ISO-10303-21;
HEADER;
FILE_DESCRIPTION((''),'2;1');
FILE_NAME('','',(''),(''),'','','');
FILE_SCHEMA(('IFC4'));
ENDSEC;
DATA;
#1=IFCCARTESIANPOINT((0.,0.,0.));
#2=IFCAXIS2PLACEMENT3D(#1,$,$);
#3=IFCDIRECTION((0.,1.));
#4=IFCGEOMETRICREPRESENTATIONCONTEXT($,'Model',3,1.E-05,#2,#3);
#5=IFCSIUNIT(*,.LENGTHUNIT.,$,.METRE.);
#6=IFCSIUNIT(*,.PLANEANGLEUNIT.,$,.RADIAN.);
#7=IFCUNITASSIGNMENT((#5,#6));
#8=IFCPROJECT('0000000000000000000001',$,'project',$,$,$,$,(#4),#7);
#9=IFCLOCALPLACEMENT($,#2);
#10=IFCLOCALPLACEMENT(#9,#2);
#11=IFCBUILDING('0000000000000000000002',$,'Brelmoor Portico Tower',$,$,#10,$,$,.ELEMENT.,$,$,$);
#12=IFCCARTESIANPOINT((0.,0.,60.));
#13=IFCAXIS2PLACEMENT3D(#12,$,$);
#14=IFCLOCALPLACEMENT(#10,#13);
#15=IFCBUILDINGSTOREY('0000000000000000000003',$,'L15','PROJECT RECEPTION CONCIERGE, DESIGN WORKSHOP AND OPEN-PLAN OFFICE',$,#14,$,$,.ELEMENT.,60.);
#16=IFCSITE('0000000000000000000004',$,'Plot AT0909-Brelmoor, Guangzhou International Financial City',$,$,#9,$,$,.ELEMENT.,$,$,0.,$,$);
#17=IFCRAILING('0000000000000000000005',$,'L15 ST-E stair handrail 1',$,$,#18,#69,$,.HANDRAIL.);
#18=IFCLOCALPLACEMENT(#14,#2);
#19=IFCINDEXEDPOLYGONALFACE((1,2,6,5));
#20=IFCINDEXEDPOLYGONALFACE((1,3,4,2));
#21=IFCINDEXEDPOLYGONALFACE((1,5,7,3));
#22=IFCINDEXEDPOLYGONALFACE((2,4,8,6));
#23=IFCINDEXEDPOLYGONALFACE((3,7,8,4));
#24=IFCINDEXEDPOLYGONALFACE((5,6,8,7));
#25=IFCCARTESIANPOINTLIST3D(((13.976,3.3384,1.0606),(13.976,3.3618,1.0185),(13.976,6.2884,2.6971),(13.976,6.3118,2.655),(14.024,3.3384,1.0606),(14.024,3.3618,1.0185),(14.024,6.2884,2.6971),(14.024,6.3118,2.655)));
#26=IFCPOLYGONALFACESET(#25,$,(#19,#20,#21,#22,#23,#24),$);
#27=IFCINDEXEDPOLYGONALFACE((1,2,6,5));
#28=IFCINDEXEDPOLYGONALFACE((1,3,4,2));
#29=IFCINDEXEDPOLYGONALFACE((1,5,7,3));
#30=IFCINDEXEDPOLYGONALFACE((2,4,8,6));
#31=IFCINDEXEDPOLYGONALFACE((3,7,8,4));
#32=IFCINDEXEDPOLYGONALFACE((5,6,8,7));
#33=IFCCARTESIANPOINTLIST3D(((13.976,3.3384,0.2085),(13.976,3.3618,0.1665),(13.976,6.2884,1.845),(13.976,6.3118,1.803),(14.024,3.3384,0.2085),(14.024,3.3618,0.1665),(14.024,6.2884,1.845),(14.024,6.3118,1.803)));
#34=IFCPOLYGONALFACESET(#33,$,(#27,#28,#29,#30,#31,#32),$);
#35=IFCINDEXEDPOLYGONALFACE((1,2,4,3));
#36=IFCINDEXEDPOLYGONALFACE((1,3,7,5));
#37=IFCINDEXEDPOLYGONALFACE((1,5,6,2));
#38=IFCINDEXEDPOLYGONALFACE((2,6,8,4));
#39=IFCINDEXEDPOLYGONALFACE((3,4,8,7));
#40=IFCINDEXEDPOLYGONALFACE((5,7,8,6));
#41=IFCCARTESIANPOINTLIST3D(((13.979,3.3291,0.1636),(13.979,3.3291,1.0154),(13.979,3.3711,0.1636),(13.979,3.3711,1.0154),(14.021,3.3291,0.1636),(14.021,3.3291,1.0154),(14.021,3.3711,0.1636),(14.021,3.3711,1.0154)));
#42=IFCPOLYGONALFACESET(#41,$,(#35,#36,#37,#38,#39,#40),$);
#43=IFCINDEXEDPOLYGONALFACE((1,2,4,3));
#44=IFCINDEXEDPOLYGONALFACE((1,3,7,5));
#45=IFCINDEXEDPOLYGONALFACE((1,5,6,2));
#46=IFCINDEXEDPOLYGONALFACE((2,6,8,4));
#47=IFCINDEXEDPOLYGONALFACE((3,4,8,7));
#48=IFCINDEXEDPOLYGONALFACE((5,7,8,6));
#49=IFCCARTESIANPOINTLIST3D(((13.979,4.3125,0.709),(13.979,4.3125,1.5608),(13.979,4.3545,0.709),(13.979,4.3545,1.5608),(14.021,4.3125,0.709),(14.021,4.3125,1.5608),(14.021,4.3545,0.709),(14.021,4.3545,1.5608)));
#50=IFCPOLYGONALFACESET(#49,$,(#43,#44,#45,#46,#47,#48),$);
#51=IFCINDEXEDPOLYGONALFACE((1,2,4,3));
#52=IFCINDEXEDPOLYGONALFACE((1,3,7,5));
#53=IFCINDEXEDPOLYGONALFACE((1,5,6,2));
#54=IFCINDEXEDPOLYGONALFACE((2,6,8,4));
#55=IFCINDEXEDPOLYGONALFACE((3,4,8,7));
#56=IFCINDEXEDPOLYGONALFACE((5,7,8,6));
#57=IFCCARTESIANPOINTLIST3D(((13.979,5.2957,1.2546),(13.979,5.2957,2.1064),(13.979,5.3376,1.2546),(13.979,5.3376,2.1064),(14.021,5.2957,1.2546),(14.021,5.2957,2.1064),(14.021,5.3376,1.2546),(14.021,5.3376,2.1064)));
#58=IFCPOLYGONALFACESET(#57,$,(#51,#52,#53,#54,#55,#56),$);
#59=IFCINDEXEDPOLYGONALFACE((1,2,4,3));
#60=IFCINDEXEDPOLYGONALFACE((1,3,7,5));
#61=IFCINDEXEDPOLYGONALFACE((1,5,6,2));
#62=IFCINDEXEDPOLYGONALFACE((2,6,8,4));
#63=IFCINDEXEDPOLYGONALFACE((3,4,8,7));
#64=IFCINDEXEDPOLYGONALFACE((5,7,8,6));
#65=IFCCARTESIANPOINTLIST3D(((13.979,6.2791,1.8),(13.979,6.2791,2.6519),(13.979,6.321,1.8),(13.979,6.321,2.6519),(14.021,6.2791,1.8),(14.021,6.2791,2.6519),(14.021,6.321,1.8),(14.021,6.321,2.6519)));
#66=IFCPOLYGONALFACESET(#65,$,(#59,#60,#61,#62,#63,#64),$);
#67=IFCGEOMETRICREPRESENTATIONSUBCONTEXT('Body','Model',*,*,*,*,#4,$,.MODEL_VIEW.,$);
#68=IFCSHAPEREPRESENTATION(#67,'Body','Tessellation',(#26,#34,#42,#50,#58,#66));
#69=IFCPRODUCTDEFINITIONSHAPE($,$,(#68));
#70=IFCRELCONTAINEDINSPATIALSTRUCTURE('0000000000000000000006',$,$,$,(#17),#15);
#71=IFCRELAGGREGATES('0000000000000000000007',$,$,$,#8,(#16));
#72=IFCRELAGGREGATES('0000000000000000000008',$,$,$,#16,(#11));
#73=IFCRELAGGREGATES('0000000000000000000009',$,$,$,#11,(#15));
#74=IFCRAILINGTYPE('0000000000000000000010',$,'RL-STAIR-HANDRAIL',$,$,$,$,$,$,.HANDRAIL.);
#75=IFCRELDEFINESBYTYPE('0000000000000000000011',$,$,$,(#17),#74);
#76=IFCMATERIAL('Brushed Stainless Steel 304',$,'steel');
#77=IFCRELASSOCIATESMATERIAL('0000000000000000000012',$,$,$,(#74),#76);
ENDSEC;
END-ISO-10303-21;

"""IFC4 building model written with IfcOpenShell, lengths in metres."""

from ifc_helpers import new_model, si_unit, direction, frame, origin, origin_2d, place, context, subcontext, project, spatial, rectangle, extrude, material, type_object, element, save


model = new_model("IFC4")

# Units and contexts
model_context = context("Model", 3, precision=1e-05, world=origin(), true_north=direction((0.0, 1.0)))
body_context = subcontext(model_context, "Body", "Model", "MODEL_VIEW")
ifc_project = project(units=[si_unit("LENGTHUNIT", "METRE"), si_unit("PLANEANGLEUNIT", "RADIAN")], contexts=[model_context])

# Site, building, storey
site_placement = place(None, origin())
site = spatial("IfcSite", under=ifc_project, at=site_placement, Name="Plot AT0909-Brelmoor, Guangzhou International Financial City", CompositionType="ELEMENT", RefElevation=0.0)
building_placement = place(site_placement, origin())
building = spatial("IfcBuilding", under=site, at=building_placement, Name="Brelmoor Portico Tower", CompositionType="ELEMENT")
storey_placement = place(building_placement, frame((0.0, 0.0, 60.0)))
storey = spatial("IfcBuildingStorey", under=building, at=storey_placement, Name="L15", Description="PROJECT RECEPTION CONCIERGE, DESIGN WORKSHOP AND OPEN-PLAN OFFICE", CompositionType="ELEMENT", Elevation=60.0)

# Railing
ifc_material_1 = material(Name="Brushed Stainless Steel 304", Category="steel")
railing_type_1 = type_object("IfcRailingType", Name="RL-STAIR-HANDRAIL", PredefinedType="HANDRAIL", material=ifc_material_1)
railing_1_placement = place(storey_placement, frame((14.0, 3.3501, 0.1636)))
element("IfcRailing", 1, at=railing_1_placement, inside=storey, type_object=railing_type_1, Name="L15 ST-E stair handrail 1", PredefinedType="HANDRAIL", context=body_context, shape_type="SweptSolid", body=[
    extrude(rectangle(XDim=0.0481, YDim=0.0481, at=origin_2d()), frame((0.0, 0.0, 0.876), z_axis=(0.0, 0.874458, 0.485102), x_axis=(-1.0, 0.0, 0.0)), (0.0, 0.0, 1.0), 3.3735),
    extrude(rectangle(XDim=0.0481, YDim=0.0481, at=origin_2d()), frame((0.0, 0.0, 0.0239), z_axis=(0.0, 0.874458, 0.485102), x_axis=(-1.0, 0.0, 0.0)), (0.0, 0.0, 1.0), 3.3735),
    extrude(rectangle(XDim=0.042, YDim=0.042, at=origin_2d()), origin(), (0.0, 0.0, 1.0), 0.8518),
    extrude(rectangle(XDim=0.042, YDim=0.042, at=origin_2d()), frame((0.0, 0.9834, 0.5454)), (0.0, 0.0, 1.0), 0.8518),
    extrude(rectangle(XDim=0.042, YDim=0.042, at=origin_2d()), frame((0.0, 1.9666, 1.0911)), (0.0, 0.0, 1.0), 0.8518),
    extrude(rectangle(XDim=0.042, YDim=0.042, at=origin_2d()), frame((0.0, 2.95, 1.6365)), (0.0, 0.0, 1.0), 0.8518),
])

save(model, "model.ifc")
